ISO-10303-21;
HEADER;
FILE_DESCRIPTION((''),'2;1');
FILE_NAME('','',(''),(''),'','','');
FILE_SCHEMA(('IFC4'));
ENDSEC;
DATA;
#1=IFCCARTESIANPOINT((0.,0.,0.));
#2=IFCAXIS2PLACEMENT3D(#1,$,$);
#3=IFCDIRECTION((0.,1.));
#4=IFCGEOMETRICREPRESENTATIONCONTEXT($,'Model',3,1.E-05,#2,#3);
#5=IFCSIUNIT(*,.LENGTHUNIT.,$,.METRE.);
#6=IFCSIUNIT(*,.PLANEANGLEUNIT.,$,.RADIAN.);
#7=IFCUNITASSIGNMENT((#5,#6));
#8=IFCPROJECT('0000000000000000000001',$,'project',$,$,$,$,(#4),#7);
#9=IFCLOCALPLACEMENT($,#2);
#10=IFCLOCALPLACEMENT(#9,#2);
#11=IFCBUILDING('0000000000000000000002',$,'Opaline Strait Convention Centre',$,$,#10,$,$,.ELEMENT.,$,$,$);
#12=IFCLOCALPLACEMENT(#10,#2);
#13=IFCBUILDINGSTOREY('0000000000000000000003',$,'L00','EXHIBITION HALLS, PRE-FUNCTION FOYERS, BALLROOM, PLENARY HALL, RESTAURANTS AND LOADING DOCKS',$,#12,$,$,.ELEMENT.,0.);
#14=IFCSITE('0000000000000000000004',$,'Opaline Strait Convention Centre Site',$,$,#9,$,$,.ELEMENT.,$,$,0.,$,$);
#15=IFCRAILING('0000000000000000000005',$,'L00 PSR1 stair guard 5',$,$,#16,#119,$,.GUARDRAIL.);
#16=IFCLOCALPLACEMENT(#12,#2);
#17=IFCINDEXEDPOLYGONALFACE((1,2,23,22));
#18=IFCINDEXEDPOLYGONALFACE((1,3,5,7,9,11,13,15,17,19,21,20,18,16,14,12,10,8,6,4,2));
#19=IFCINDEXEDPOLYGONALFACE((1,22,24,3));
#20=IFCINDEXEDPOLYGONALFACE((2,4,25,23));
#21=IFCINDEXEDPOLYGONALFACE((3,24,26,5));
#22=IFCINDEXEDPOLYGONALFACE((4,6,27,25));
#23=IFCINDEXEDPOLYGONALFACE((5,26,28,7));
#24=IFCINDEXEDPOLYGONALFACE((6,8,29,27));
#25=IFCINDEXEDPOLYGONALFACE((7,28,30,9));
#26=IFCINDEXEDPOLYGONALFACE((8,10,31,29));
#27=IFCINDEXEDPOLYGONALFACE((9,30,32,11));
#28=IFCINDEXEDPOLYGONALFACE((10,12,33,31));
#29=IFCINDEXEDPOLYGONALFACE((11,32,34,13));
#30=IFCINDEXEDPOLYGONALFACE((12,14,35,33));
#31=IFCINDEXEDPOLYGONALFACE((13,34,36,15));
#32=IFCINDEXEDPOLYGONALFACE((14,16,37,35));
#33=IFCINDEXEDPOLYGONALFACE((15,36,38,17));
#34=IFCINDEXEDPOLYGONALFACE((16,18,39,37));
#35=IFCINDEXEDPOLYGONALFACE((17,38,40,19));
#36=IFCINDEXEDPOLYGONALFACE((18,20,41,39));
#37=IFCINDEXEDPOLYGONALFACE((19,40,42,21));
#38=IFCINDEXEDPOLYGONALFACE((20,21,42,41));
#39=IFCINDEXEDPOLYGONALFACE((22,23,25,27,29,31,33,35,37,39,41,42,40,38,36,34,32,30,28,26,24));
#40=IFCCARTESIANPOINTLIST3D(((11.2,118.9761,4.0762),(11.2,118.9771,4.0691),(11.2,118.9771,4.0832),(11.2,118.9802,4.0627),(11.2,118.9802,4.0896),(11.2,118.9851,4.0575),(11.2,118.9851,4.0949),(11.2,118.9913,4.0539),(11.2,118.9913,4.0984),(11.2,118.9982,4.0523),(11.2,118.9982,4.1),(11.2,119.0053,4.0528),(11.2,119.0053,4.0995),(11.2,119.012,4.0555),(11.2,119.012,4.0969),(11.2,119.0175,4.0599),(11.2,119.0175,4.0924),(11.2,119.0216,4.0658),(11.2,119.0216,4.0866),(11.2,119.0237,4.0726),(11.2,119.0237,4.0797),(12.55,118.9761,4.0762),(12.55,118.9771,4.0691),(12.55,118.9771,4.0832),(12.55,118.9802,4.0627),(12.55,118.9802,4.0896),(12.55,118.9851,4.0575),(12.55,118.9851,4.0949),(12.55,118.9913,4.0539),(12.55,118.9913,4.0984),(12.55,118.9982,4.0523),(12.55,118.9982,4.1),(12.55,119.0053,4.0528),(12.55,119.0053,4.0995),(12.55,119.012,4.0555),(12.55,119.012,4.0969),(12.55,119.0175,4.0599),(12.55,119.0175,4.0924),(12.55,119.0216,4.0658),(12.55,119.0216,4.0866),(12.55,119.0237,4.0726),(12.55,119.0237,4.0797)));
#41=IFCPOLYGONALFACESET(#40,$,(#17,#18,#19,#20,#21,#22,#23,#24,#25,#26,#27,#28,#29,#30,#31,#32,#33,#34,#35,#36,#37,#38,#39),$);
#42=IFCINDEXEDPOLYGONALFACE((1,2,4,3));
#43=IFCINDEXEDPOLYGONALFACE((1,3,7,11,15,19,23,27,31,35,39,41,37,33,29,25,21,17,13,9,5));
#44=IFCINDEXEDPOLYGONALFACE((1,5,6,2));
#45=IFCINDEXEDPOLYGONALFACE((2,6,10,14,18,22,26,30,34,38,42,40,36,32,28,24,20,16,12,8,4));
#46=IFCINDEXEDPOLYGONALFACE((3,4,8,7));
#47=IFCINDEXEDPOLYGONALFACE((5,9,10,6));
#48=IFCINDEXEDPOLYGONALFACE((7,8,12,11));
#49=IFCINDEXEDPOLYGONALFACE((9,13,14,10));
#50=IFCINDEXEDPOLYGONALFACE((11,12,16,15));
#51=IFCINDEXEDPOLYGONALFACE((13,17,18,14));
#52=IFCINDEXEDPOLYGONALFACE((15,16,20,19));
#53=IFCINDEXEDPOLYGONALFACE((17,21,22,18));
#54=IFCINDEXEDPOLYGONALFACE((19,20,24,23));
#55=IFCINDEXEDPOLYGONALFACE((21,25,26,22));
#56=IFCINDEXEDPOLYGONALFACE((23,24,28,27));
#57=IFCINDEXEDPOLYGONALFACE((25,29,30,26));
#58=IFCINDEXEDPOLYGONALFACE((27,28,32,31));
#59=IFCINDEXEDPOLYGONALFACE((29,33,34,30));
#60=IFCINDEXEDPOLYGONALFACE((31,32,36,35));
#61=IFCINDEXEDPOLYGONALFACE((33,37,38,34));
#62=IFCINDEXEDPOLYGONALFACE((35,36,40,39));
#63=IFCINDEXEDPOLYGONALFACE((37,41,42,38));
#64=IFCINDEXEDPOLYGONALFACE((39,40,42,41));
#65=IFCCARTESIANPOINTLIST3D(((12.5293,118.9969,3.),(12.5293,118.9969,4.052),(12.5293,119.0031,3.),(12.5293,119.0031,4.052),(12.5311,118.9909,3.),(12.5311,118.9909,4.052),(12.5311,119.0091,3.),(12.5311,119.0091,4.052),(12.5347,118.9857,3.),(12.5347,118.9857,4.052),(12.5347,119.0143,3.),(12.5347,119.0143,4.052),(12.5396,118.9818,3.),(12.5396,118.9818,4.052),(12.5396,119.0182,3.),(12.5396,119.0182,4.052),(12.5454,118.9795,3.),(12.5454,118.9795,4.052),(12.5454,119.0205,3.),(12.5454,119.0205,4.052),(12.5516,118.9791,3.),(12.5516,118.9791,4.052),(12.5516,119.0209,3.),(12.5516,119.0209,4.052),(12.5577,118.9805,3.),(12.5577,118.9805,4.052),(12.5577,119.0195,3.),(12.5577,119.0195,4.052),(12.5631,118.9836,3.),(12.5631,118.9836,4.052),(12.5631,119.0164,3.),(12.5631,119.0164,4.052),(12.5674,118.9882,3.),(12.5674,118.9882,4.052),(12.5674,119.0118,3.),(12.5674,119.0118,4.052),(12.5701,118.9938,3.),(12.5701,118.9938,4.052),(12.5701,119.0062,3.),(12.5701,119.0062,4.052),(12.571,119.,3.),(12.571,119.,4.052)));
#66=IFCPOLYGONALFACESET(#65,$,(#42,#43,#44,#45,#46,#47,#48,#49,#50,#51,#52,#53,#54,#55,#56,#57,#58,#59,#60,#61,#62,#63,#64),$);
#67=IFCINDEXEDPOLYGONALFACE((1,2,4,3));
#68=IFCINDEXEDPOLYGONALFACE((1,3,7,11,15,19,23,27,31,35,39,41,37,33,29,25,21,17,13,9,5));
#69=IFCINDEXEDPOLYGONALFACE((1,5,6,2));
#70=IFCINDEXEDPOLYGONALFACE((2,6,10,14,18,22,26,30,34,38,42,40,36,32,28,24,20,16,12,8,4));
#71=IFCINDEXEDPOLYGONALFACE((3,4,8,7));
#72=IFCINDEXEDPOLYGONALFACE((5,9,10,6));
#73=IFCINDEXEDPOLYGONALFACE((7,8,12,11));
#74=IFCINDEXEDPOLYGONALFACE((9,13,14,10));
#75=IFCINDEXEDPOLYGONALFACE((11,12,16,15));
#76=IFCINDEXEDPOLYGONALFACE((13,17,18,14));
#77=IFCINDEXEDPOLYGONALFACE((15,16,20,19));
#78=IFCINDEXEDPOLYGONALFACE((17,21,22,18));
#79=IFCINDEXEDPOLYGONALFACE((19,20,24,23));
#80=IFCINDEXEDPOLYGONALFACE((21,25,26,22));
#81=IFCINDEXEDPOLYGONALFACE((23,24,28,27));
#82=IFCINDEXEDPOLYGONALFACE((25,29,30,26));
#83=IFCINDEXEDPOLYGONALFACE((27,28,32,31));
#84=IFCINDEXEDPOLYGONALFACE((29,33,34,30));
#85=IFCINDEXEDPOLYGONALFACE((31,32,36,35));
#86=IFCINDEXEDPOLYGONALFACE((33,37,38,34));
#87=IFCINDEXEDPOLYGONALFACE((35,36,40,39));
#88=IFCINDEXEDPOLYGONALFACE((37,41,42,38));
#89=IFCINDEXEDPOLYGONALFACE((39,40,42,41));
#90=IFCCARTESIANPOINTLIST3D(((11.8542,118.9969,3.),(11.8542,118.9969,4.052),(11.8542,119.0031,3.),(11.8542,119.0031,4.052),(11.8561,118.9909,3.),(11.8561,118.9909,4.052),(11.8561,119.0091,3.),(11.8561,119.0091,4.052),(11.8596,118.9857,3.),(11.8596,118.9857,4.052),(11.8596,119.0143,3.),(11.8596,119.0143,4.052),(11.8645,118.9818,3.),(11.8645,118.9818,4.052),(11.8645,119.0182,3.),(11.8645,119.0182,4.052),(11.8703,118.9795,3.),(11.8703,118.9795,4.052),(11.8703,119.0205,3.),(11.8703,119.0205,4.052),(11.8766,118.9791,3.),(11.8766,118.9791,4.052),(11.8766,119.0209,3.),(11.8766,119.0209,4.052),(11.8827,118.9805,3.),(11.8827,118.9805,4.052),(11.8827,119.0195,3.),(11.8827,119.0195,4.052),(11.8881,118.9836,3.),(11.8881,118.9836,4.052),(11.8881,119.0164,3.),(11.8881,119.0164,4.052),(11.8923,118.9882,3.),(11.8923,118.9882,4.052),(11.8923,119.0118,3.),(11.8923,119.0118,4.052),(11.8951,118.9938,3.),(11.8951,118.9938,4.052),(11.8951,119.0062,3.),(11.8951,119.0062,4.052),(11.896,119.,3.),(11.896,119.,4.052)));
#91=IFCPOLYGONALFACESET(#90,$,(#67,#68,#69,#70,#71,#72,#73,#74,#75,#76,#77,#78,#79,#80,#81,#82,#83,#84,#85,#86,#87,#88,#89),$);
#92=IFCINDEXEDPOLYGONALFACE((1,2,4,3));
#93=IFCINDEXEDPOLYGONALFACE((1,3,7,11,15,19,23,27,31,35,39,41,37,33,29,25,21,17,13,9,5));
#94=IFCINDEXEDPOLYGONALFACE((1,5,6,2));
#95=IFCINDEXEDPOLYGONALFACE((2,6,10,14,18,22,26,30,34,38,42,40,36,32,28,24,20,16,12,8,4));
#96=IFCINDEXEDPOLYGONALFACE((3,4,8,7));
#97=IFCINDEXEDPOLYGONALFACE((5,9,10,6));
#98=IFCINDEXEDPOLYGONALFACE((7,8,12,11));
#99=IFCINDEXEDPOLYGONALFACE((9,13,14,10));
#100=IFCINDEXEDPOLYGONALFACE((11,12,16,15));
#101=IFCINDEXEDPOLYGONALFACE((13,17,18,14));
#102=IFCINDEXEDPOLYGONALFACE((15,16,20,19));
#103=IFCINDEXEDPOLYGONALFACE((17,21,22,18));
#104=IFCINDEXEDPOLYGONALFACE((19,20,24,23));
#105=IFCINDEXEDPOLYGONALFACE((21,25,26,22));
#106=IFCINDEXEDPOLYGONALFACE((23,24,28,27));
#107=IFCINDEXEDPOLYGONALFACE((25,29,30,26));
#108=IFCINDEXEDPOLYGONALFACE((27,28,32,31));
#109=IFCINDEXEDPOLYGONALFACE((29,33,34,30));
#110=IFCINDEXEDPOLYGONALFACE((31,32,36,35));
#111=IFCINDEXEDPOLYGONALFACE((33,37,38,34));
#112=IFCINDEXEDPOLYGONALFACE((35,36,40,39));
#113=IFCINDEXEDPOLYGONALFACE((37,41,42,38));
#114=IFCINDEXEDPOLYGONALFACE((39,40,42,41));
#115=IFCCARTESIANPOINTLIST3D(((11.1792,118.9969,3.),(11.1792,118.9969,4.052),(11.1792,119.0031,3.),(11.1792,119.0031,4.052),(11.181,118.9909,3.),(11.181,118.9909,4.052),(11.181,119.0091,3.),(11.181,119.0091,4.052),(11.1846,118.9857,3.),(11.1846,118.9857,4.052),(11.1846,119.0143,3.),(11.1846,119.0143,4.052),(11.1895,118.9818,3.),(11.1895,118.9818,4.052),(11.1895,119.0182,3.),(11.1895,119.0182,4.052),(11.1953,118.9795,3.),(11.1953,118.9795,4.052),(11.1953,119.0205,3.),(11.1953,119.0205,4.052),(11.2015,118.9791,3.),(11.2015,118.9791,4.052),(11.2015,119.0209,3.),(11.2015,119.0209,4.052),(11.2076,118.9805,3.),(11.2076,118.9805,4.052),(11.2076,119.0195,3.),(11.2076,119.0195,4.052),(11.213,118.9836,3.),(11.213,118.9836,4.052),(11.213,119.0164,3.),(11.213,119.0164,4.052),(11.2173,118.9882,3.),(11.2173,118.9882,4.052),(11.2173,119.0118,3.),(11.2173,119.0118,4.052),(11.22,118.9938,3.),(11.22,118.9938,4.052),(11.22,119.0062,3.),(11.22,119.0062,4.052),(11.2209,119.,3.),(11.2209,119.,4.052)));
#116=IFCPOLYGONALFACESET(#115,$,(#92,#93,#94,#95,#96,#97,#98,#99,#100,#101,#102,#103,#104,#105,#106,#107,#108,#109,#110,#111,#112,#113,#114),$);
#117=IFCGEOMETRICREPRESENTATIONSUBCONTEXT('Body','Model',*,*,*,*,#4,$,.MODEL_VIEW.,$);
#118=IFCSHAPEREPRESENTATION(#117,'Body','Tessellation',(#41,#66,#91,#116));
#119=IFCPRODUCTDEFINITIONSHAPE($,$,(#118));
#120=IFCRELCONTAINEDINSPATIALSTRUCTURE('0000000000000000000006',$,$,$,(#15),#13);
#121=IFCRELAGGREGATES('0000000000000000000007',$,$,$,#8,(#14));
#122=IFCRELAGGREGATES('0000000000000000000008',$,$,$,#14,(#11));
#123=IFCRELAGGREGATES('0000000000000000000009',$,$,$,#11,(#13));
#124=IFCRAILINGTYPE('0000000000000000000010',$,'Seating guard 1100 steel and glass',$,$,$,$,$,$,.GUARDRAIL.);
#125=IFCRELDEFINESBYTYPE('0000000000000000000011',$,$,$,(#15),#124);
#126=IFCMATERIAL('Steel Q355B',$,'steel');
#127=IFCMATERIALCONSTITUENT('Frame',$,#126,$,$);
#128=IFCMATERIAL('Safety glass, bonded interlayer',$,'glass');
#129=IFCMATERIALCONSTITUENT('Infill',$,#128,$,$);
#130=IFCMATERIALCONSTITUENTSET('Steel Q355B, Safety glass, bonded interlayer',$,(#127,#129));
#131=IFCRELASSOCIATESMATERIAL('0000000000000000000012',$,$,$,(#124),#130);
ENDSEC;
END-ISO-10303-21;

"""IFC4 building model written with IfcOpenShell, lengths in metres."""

from ifc_helpers import new_model, si_unit, direction, frame, origin, origin_2d, place, context, subcontext, project, spatial, circle, extrude, material, constituent, constituent_set, type_object, element, save


model = new_model("IFC4")

# Units and contexts
model_context = context("Model", 3, precision=1e-05, world=origin(), true_north=direction((0.0, 1.0)))
body_context = subcontext(model_context, "Body", "Model", "MODEL_VIEW")
ifc_project = project(units=[si_unit("LENGTHUNIT", "METRE"), si_unit("PLANEANGLEUNIT", "RADIAN")], contexts=[model_context])

# Site, building, storey
site_placement = place(None, origin())
site = spatial("IfcSite", under=ifc_project, at=site_placement, Name="Opaline Strait Convention Centre Site", CompositionType="ELEMENT", RefElevation=0.0)
building_placement = place(site_placement, origin())
building = spatial("IfcBuilding", under=site, at=building_placement, Name="Opaline Strait Convention Centre", CompositionType="ELEMENT")
storey_placement = place(building_placement, origin())
storey = spatial("IfcBuildingStorey", under=building, at=storey_placement, Name="L00", Description="EXHIBITION HALLS, PRE-FUNCTION FOYERS, BALLROOM, PLENARY HALL, RESTAURANTS AND LOADING DOCKS", CompositionType="ELEMENT", Elevation=0.0)

# Railing
ifc_material_1 = material(Name="Steel Q355B", Category="steel")
ifc_constituent_1 = constituent(ifc_material_1, Name="Frame")
ifc_material_2 = material(Name="Safety glass, bonded interlayer", Category="glass")
ifc_constituent_2 = constituent(ifc_material_2, Name="Infill")
ifc_constituent_set = constituent_set(constituents=[ifc_constituent_1, ifc_constituent_2], Name="Steel Q355B, Safety glass, bonded interlayer")
railing_type_1 = type_object("IfcRailingType", Name="Seating guard 1100 steel and glass", PredefinedType="GUARDRAIL", material=ifc_constituent_set)
railing_1_placement = place(storey_placement, frame((12.55, 119.0, 3.0)))
element("IfcRailing", 1, at=railing_1_placement, inside=storey, type_object=railing_type_1, Name="L00 PSR1 stair guard 5", PredefinedType="GUARDRAIL", context=body_context, shape_type="SweptSolid", body=[
    extrude(circle(Radius=0.0239, at=origin_2d()), frame((0.0, 0.0, 1.0762), z_axis=(-1.0, 0.0, 0.0), x_axis=(0.0, -1.0, 0.0)), (0.0, 0.0, 1.0), 1.3501),
    extrude(circle(Radius=0.021, at=origin_2d()), origin(), (0.0, 0.0, 1.0), 1.052),
    extrude(circle(Radius=0.021, at=origin_2d()), frame((-0.675, 0.0, 0.0)), (0.0, 0.0, 1.0), 1.052),
    extrude(circle(Radius=0.021, at=origin_2d()), frame((-1.3501, 0.0, 0.0)), (0.0, 0.0, 1.0), 1.052),
])

save(model, "model.ifc")
